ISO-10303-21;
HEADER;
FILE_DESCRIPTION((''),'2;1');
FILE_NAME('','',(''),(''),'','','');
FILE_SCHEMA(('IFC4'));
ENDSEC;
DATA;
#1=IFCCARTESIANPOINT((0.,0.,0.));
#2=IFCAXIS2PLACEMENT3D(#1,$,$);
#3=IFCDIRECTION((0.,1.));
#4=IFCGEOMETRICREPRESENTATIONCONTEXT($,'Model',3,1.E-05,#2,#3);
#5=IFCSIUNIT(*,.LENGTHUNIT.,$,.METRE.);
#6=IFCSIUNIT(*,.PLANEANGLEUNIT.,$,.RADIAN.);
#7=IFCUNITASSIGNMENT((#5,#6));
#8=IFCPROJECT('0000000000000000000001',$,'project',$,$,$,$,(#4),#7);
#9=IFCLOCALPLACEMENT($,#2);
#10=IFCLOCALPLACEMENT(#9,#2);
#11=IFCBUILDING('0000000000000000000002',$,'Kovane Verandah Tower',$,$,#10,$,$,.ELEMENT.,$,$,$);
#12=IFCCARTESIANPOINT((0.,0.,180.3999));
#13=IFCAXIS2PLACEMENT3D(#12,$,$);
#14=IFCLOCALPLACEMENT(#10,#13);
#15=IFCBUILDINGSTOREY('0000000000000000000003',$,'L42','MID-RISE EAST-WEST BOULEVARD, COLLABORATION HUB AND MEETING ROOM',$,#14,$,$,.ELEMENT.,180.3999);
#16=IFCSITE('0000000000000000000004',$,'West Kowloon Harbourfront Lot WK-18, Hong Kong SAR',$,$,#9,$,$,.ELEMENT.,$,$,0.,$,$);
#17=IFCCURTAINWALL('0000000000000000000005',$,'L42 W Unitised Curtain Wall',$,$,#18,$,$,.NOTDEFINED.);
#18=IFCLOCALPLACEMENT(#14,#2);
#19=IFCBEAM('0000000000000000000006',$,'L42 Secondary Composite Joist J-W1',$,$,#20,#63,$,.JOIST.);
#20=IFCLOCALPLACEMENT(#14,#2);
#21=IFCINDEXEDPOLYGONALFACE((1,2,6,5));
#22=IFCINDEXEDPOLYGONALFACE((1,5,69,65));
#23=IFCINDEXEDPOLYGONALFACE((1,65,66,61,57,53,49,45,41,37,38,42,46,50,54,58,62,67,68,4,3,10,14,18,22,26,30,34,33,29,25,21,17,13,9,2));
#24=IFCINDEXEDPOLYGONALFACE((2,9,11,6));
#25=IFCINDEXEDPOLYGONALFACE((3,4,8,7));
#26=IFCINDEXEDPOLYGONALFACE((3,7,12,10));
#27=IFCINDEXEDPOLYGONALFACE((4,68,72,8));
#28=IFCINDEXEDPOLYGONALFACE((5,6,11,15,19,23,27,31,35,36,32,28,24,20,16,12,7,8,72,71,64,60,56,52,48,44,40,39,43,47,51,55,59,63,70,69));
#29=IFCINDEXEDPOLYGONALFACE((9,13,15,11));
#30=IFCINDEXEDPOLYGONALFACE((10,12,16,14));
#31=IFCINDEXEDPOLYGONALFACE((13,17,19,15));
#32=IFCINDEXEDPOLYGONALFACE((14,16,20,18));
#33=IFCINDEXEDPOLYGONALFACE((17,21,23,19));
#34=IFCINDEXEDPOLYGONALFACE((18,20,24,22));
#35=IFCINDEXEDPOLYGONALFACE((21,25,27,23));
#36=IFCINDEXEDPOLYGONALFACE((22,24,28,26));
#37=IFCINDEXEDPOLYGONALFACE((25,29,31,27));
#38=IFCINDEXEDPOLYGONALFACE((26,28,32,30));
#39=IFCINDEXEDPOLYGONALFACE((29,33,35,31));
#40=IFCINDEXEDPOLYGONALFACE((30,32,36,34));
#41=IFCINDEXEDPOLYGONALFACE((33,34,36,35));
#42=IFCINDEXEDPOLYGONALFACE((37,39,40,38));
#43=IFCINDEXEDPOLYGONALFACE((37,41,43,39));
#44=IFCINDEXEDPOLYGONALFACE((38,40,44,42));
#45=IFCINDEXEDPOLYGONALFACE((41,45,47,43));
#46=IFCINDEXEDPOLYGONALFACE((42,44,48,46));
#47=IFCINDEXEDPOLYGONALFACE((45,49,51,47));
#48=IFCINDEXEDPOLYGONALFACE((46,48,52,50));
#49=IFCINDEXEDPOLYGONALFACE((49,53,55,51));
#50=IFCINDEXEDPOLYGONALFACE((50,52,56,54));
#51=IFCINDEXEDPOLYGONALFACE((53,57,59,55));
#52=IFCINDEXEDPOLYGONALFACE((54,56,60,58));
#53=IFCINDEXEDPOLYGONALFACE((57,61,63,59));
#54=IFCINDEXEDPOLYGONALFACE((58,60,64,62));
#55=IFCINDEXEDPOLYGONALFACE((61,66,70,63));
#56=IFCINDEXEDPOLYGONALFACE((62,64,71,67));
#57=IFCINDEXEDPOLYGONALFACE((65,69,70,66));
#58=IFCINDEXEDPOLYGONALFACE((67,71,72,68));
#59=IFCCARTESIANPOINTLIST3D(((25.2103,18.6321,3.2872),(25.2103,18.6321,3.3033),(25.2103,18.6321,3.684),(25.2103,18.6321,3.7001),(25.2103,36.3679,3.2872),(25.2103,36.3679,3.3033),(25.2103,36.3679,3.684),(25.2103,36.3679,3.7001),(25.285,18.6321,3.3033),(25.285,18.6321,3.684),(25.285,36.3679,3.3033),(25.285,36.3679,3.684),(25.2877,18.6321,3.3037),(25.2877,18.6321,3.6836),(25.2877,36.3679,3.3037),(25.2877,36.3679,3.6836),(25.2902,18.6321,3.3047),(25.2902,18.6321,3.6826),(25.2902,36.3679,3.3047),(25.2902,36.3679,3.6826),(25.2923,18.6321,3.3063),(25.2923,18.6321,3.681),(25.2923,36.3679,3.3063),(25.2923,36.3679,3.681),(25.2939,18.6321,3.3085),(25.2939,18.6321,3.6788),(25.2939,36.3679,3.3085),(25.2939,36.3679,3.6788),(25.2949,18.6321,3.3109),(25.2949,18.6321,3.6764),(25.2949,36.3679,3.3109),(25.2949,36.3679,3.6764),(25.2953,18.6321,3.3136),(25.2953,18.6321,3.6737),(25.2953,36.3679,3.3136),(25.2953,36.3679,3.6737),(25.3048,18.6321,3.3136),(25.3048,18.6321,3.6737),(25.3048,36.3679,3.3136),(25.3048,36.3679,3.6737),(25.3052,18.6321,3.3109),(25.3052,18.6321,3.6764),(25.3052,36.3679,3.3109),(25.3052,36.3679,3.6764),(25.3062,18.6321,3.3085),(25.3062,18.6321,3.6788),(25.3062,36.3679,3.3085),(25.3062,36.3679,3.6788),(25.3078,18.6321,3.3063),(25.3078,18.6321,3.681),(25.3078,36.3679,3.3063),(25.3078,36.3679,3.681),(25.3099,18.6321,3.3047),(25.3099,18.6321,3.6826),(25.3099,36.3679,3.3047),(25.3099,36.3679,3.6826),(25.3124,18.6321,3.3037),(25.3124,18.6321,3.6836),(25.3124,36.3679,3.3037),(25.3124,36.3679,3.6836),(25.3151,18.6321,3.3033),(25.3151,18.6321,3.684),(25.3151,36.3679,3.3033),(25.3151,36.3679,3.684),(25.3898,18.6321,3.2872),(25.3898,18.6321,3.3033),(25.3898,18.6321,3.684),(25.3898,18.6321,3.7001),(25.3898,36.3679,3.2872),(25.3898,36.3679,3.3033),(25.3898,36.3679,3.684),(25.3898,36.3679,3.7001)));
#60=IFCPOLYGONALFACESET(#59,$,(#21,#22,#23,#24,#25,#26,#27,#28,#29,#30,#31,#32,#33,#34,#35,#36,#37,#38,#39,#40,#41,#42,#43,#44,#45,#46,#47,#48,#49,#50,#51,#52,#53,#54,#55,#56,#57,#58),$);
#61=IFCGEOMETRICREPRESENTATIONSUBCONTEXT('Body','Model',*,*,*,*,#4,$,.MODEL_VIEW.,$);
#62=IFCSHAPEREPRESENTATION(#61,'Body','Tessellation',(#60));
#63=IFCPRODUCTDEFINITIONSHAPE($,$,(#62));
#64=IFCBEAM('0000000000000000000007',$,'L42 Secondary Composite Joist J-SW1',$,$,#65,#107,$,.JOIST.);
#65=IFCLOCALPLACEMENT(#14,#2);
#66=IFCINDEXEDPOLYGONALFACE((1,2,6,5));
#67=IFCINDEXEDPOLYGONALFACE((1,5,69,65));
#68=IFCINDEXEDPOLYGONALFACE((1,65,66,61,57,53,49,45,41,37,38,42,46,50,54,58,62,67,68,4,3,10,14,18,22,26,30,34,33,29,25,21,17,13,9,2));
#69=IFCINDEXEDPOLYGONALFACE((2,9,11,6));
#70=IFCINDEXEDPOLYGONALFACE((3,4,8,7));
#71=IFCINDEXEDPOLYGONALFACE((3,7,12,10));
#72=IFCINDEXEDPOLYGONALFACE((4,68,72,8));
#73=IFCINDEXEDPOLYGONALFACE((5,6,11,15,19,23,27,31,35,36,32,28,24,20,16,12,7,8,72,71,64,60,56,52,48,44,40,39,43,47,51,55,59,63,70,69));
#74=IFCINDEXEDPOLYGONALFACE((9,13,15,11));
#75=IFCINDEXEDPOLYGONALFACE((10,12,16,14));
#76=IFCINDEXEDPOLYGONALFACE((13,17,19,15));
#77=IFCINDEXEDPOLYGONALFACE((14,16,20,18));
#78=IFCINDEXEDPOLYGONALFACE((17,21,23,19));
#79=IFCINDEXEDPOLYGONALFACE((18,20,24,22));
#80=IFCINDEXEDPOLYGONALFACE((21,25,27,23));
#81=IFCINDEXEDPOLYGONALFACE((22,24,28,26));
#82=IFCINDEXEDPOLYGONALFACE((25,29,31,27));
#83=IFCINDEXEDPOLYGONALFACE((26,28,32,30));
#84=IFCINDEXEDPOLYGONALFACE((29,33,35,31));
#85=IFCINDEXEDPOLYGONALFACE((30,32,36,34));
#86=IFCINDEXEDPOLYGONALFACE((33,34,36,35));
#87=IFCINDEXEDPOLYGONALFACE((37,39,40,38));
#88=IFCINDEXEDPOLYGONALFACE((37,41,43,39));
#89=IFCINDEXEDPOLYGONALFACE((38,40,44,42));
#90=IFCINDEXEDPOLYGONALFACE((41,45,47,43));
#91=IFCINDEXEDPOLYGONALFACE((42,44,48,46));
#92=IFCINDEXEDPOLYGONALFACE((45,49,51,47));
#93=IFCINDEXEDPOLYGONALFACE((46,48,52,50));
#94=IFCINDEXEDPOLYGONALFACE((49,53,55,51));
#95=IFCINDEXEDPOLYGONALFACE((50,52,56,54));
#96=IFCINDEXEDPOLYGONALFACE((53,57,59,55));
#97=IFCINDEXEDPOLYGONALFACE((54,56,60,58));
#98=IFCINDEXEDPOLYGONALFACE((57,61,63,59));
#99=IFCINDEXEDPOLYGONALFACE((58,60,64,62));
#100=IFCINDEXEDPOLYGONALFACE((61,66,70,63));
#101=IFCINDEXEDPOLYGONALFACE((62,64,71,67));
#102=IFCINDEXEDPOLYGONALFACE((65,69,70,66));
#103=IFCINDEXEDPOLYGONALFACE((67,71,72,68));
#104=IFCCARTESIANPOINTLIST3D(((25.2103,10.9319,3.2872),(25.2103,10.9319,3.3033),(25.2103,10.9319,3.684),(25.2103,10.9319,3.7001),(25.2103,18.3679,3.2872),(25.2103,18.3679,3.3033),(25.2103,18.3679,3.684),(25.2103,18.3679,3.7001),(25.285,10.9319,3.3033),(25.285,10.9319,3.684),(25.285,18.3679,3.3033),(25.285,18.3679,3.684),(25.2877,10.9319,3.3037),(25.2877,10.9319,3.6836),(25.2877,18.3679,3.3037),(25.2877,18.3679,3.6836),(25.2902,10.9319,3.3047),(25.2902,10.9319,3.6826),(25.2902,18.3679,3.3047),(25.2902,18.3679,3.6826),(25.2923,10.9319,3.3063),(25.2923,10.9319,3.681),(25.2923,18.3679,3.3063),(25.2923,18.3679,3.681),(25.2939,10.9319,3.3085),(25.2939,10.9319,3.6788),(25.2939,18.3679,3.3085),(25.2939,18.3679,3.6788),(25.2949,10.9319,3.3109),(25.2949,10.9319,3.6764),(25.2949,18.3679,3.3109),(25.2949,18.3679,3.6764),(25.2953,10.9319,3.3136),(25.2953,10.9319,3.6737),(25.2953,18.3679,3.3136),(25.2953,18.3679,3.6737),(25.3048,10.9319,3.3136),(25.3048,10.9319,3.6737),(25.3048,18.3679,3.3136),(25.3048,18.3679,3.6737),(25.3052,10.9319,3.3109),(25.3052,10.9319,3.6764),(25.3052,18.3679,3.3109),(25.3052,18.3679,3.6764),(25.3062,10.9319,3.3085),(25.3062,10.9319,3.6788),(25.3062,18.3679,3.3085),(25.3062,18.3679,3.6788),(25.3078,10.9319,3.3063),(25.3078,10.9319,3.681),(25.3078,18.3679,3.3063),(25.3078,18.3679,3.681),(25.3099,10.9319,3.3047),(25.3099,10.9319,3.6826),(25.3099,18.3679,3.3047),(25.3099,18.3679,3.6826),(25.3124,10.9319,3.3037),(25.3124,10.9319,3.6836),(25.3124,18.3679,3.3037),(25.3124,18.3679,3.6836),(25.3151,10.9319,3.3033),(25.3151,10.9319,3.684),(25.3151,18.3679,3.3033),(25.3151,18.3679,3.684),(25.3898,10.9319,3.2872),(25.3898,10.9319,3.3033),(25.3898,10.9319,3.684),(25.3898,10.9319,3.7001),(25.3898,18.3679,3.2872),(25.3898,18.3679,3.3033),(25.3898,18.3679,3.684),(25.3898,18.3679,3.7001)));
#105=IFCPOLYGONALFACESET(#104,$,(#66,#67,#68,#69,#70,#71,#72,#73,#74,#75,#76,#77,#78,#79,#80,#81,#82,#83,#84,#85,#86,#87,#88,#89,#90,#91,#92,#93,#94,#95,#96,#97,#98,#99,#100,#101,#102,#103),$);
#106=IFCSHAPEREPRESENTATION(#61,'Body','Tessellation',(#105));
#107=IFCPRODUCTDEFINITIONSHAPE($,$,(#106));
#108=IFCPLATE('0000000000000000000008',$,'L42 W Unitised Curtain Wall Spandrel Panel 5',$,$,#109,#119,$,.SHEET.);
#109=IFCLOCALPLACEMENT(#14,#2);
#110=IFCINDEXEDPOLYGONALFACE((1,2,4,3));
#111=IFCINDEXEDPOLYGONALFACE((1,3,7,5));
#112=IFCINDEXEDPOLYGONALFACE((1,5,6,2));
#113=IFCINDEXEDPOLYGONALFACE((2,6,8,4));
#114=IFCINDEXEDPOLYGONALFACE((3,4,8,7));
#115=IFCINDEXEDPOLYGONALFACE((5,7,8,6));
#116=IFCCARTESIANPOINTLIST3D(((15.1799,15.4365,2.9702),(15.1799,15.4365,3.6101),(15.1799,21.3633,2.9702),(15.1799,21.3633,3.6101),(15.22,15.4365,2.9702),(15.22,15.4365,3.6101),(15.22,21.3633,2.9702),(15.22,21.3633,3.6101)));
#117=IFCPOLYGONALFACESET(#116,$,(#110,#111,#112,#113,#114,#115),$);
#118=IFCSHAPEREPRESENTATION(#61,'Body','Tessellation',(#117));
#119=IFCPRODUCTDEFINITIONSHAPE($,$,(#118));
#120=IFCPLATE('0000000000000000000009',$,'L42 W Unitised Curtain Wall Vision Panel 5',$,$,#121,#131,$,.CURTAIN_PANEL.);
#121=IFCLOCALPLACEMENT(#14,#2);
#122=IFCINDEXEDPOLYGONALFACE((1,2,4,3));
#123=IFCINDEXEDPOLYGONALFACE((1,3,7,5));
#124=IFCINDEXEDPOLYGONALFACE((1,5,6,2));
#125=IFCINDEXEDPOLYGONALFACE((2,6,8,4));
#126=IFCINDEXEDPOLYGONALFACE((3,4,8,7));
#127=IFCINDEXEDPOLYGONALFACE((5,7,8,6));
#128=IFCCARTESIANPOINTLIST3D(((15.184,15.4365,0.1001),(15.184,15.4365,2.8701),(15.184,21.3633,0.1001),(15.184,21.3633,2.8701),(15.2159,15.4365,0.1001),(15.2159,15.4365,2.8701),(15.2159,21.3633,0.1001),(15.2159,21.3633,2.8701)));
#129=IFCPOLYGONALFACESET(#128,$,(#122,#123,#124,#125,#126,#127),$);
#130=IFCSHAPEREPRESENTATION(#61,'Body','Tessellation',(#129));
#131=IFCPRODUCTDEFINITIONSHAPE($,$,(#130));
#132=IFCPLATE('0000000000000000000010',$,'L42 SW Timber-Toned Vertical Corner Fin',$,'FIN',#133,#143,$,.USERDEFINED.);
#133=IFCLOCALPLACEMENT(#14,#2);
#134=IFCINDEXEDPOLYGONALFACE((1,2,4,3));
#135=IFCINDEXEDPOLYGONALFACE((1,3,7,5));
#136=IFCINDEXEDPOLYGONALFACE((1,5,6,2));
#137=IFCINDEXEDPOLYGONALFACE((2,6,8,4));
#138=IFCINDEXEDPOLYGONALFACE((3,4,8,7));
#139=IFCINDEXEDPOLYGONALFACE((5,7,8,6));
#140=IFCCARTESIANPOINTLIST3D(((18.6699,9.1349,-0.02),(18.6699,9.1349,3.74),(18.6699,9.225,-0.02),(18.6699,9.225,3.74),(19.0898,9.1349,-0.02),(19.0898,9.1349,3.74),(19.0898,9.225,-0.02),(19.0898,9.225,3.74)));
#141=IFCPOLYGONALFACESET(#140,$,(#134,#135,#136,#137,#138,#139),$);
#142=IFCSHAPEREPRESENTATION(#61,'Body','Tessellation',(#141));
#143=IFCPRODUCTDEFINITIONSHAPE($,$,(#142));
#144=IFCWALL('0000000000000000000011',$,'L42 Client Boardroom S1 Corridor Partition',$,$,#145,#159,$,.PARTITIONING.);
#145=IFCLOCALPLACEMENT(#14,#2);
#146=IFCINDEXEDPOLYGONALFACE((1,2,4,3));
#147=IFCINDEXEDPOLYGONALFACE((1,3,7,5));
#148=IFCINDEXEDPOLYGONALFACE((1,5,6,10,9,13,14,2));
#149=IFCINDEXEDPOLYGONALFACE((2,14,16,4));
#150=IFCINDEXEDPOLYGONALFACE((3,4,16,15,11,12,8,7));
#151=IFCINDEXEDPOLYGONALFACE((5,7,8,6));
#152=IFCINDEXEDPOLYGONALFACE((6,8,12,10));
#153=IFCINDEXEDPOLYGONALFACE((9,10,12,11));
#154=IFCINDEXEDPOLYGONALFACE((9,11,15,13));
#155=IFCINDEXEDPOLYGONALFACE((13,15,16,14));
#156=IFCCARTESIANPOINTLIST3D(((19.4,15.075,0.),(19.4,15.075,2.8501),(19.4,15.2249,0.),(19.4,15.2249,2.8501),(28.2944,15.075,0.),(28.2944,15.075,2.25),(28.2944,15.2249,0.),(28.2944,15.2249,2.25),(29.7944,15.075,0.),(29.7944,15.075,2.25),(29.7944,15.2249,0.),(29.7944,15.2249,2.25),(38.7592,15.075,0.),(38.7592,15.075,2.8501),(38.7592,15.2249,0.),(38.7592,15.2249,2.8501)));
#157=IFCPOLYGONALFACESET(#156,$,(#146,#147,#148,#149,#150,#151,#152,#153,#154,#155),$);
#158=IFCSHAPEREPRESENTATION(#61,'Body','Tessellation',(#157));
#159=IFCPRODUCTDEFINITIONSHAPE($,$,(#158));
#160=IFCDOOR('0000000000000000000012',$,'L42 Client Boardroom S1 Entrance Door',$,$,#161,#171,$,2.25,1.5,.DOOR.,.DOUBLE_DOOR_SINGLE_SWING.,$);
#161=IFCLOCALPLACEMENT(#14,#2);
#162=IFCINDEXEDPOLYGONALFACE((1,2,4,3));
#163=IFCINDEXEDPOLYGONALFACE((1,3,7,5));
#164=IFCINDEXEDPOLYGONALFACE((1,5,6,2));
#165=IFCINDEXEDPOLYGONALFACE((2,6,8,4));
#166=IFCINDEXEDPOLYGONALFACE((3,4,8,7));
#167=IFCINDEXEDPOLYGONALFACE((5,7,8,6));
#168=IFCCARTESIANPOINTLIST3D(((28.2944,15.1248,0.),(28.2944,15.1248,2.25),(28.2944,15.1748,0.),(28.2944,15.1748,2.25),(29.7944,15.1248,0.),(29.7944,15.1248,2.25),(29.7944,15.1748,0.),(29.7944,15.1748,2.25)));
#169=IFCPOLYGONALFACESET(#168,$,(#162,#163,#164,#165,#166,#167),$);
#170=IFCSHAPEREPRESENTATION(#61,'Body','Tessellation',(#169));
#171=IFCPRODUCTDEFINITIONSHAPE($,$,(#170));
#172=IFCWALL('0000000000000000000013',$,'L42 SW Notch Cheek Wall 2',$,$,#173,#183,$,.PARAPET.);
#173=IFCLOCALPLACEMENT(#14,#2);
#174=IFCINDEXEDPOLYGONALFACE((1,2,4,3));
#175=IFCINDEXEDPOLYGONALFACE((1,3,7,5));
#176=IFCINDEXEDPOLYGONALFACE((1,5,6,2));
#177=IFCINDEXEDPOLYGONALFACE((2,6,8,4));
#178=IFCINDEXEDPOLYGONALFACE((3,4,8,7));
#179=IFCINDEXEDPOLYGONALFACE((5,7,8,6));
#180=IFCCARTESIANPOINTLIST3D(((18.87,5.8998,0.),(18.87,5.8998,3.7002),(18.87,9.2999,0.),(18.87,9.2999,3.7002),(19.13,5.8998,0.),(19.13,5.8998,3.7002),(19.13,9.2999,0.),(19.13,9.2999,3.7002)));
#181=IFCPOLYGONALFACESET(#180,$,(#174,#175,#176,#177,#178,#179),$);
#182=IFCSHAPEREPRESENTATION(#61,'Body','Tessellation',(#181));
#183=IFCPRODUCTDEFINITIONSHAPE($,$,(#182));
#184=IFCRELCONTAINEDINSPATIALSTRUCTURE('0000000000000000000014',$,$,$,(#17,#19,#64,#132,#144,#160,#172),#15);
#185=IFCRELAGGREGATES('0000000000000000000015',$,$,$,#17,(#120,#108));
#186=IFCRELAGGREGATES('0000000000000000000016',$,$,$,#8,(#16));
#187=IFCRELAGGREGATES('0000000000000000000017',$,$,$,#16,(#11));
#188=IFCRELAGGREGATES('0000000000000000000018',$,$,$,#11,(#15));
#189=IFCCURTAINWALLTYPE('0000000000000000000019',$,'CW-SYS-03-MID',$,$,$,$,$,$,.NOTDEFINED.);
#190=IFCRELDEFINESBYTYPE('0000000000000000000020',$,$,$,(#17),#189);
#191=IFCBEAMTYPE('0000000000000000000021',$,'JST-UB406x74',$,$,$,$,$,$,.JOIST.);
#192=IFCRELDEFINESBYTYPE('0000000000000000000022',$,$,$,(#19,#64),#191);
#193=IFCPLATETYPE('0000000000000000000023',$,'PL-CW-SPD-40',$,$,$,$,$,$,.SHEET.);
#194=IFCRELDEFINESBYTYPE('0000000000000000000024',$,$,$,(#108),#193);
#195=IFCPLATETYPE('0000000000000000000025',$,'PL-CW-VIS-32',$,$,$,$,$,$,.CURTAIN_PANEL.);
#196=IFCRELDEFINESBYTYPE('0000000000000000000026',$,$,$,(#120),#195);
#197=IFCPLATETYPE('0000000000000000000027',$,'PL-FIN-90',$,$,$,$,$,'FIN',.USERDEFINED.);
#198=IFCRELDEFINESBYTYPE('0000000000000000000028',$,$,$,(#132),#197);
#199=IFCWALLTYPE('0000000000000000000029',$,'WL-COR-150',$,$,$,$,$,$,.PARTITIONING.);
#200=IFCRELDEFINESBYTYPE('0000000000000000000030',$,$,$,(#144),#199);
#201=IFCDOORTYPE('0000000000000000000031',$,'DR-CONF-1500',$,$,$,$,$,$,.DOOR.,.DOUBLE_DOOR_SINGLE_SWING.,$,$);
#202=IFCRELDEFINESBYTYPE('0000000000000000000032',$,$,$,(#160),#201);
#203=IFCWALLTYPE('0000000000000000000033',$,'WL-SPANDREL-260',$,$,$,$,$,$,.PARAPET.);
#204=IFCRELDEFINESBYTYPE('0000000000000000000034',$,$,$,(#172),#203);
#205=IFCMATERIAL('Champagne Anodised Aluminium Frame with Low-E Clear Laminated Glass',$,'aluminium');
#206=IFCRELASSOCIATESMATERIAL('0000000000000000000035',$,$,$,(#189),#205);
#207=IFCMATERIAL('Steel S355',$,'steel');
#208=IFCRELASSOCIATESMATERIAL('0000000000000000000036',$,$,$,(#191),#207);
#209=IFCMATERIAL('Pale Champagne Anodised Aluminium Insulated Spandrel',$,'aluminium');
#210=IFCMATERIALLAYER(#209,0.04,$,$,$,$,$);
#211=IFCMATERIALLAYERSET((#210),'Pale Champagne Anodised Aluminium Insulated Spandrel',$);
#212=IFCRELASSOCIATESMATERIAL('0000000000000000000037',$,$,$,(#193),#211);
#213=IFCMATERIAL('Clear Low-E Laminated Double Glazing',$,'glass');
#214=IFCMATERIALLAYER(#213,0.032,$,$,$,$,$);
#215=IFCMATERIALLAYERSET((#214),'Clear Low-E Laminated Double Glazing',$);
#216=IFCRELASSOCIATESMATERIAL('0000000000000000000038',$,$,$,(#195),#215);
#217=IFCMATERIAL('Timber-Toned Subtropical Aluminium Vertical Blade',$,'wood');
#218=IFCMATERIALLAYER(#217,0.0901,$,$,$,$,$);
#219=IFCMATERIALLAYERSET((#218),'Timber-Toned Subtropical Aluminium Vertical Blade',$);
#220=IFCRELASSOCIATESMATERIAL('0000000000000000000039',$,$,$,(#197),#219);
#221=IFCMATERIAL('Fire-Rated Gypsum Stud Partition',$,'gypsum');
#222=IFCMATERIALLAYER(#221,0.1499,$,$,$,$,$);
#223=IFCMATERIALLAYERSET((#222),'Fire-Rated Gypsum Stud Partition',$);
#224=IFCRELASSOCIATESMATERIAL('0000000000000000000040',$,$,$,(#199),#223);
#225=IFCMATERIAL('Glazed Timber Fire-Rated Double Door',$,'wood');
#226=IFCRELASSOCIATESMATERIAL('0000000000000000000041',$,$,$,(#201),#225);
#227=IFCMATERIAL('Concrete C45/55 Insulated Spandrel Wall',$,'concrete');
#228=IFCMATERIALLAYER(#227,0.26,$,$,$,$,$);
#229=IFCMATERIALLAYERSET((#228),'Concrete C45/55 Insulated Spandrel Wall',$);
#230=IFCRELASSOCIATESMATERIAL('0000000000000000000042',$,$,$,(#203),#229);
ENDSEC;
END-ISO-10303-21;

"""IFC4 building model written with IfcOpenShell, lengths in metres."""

from ifc_helpers import new_model, si_unit, direction, frame, frame_2d, origin, origin_2d, place, context, subcontext, project, spatial, rectangle, i_section, extrude, material, layer, layer_set, material_profile, profile_set, type_object, element, fill, aggregate, save


model = new_model("IFC4")

# Units and contexts
model_context = context("Model", 3, precision=1e-05, world=origin(), true_north=direction((0.0, 1.0)))
body_context = subcontext(model_context, "Body", "Model", "MODEL_VIEW")
ifc_project = project(units=[si_unit("LENGTHUNIT", "METRE"), si_unit("PLANEANGLEUNIT", "RADIAN")], contexts=[model_context])

# Site, building, storey
site_placement = place(None, origin())
site = spatial("IfcSite", under=ifc_project, at=site_placement, Name="West Kowloon Harbourfront Lot WK-18, Hong Kong SAR", CompositionType="ELEMENT", RefElevation=0.0)
building_placement = place(site_placement, origin())
building = spatial("IfcBuilding", under=site, at=building_placement, Name="Kovane Verandah Tower", CompositionType="ELEMENT")
storey_placement = place(building_placement, frame((0.0, 0.0, 180.3999)))
storey = spatial("IfcBuildingStorey", under=building, at=storey_placement, Name="L42", Description="MID-RISE EAST-WEST BOULEVARD, COLLABORATION HUB AND MEETING ROOM", CompositionType="ELEMENT", Elevation=180.3999)

# Shared definitions
ifc_material_1 = material(Name="Steel S355", Category="steel")

# Curtain wall
ifc_material_2 = material(Name="Champagne Anodised Aluminium Frame with Low-E Clear Laminated Glass", Category="aluminium")
curtain_wall_type = type_object("IfcCurtainWallType", Name="CW-SYS-03-MID", PredefinedType="NOTDEFINED", material=ifc_material_2)
curtain_wall_placement = place(storey_placement, origin())
curtain_wall = element("IfcCurtainWall", 1, at=curtain_wall_placement, inside=storey, type_object=curtain_wall_type, Name="L42 W Unitised Curtain Wall", PredefinedType="NOTDEFINED")

# Beams
ifc_material_profile_1 = material_profile(ifc_material_1, i_section(OverallWidth=0.1794, OverallDepth=0.4128, WebThickness=0.0095, FlangeThickness=0.0161, FilletRadius=0.0103, at=origin_2d()), Name="UB406x178x74")
ifc_profile_set_1 = profile_set([ifc_material_profile_1], Name="Steel S355")
beam_type_1 = type_object("IfcBeamType", Name="JST-UB406x74", PredefinedType="JOIST", material=ifc_profile_set_1)
beam_1_placement = place(storey_placement, frame((25.3, 18.6321, 3.4937), z_axis=(0.0, 1.0, 0.0), x_axis=(-1.0, 0.0, 0.0)))
element("IfcBeam", 2, at=beam_1_placement, inside=storey, type_object=beam_type_1, Name="L42 Secondary Composite Joist J-W1", PredefinedType="JOIST", context=body_context, shape_type="SweptSolid", body=[
    extrude(i_section(OverallWidth=0.1794, OverallDepth=0.4128, WebThickness=0.0095, FlangeThickness=0.0161, FilletRadius=0.0103, at=origin_2d()), origin(), (0.0, 0.0, 1.0), 17.7358),
])
beam_2_placement = place(storey_placement, frame((25.3, 10.9319, 3.4937), z_axis=(0.0, 1.0, 0.0), x_axis=(-1.0, 0.0, 0.0)))
element("IfcBeam", 3, at=beam_2_placement, inside=storey, type_object=beam_type_1, Name="L42 Secondary Composite Joist J-SW1", PredefinedType="JOIST", context=body_context, shape_type="SweptSolid", body=[
    extrude(i_section(OverallWidth=0.1794, OverallDepth=0.4128, WebThickness=0.0095, FlangeThickness=0.0161, FilletRadius=0.0103, at=origin_2d()), origin(), (0.0, 0.0, 1.0), 7.436),
])

# Plates
ifc_material_3 = material(Name="Pale Champagne Anodised Aluminium Insulated Spandrel", Category="aluminium")
ifc_layer_1 = layer(ifc_material_3, 0.04)
ifc_layer_set_1 = layer_set([ifc_layer_1], Name="Pale Champagne Anodised Aluminium Insulated Spandrel")
plate_type_1 = type_object("IfcPlateType", Name="PL-CW-SPD-40", PredefinedType="SHEET", material=ifc_layer_set_1)
plate_1_placement = place(storey_placement, frame((15.2, 18.3999, 2.9702), z_axis=(0.0, 0.0, 1.0), x_axis=(0.0, -1.0, 0.0)))
plate_1 = element("IfcPlate", 4, at=plate_1_placement, type_object=plate_type_1, Name="L42 W Unitised Curtain Wall Spandrel Panel 5", PredefinedType="SHEET", context=body_context, shape_type="SweptSolid", body=[
    extrude(rectangle(XDim=5.9268, YDim=0.04, at=origin_2d()), origin(), (0.0, 0.0, 1.0), 0.6399),
])
ifc_material_4 = material(Name="Clear Low-E Laminated Double Glazing", Category="glass")
ifc_layer_2 = layer(ifc_material_4, 0.032)
ifc_layer_set_2 = layer_set([ifc_layer_2], Name="Clear Low-E Laminated Double Glazing")
plate_type_2 = type_object("IfcPlateType", Name="PL-CW-VIS-32", PredefinedType="CURTAIN_PANEL", material=ifc_layer_set_2)
plate_2_placement = place(storey_placement, frame((15.2, 18.3999, 0.1001), z_axis=(0.0, 0.0, 1.0), x_axis=(0.0, -1.0, 0.0)))
plate_2 = element("IfcPlate", 5, at=plate_2_placement, type_object=plate_type_2, Name="L42 W Unitised Curtain Wall Vision Panel 5", PredefinedType="CURTAIN_PANEL", context=body_context, shape_type="SweptSolid", body=[
    extrude(rectangle(XDim=5.9268, YDim=0.032, at=origin_2d()), origin(), (0.0, 0.0, 1.0), 2.77),
])
aggregate(curtain_wall, [plate_2, plate_1])
ifc_material_5 = material(Name="Timber-Toned Subtropical Aluminium Vertical Blade", Category="wood")
ifc_layer_3 = layer(ifc_material_5, 0.0901)
ifc_layer_set_3 = layer_set([ifc_layer_3], Name="Timber-Toned Subtropical Aluminium Vertical Blade")
plate_type_3 = type_object("IfcPlateType", Name="PL-FIN-90", ElementType="FIN", PredefinedType="USERDEFINED", material=ifc_layer_set_3)
plate_3_placement = place(storey_placement, frame((18.8799, 9.1799, -0.02), z_axis=(0.0, 0.0, 1.0), x_axis=(1.0, 0.0, 0.0)))
element("IfcPlate", 6, at=plate_3_placement, inside=storey, type_object=plate_type_3, Name="L42 SW Timber-Toned Vertical Corner Fin", ObjectType="FIN", PredefinedType="USERDEFINED", context=body_context, shape_type="SweptSolid", body=[
    extrude(rectangle(XDim=0.4199, YDim=0.0901, at=origin_2d()), origin(), (0.0, 0.0, 1.0), 3.76),
])

# Wall, opening, door
ifc_material_6 = material(Name="Fire-Rated Gypsum Stud Partition", Category="gypsum")
ifc_layer_4 = layer(ifc_material_6, 0.1499)
ifc_layer_set_4 = layer_set([ifc_layer_4], Name="Fire-Rated Gypsum Stud Partition")
wall_type_1 = type_object("IfcWallType", Name="WL-COR-150", PredefinedType="PARTITIONING", material=ifc_layer_set_4)
wall_1_placement = place(storey_placement, frame((19.3999, 15.1499, 0.0), z_axis=(0.0, 0.0, 1.0), x_axis=(1.0, 0.0, 0.0)))
wall_1 = element("IfcWall", 7, at=wall_1_placement, inside=storey, type_object=wall_type_1, Name="L42 Client Boardroom S1 Corridor Partition", PredefinedType="PARTITIONING", context=body_context, shape_type="SweptSolid", body=[
    extrude(rectangle(XDim=19.3591, YDim=0.1499, at=frame_2d((9.6797, 0.0))), origin(), (0.0, 0.0, 1.0), 2.8501),
])
opening_1_placement = place(wall_1_placement, frame((8.8945, 0.0, 0.0)))
opening_1 = element("IfcOpeningElement", 8, at=opening_1_placement, cuts=wall_1, PredefinedType="OPENING", context=body_context, shape_type="SweptSolid", body=[
    extrude(rectangle(XDim=1.5, YDim=2.25, at=frame_2d((0.75, 1.125))), frame((0.0, 0.075, 0.0), z_axis=(0.0, -1.0, 0.0), x_axis=(1.0, 0.0, 0.0)), (0.0, 0.0, 1.0), 0.1499),
])
ifc_material_7 = material(Name="Glazed Timber Fire-Rated Double Door", Category="wood")
door_type_1 = type_object("IfcDoorType", Name="DR-CONF-1500", OperationType="DOUBLE_DOOR_SINGLE_SWING", PredefinedType="DOOR", material=ifc_material_7)
door_1_placement = place(opening_1_placement, origin())
door_1 = element("IfcDoor", 9, at=door_1_placement, inside=storey, type_object=door_type_1, Name="L42 Client Boardroom S1 Entrance Door", OperationType="DOUBLE_DOOR_SINGLE_SWING", OverallHeight=2.25, OverallWidth=1.5, PredefinedType="DOOR", context=body_context, shape_type="SweptSolid", body=[
    extrude(rectangle(XDim=1.5, YDim=2.25, at=frame_2d((0.75, 1.125))), frame((0.0, 0.0249, 0.0), z_axis=(0.0, -1.0, 0.0), x_axis=(1.0, 0.0, 0.0)), (0.0, 0.0, 1.0), 0.05),
])
fill(opening_1, door_1)

# Shared definitions
ifc_material_8 = material(Name="Concrete C45/55 Insulated Spandrel Wall", Category="concrete")
ifc_layer_5 = layer(ifc_material_8, 0.26)
ifc_layer_set_5 = layer_set([ifc_layer_5], Name="Concrete C45/55 Insulated Spandrel Wall")
wall_type_2 = type_object("IfcWallType", Name="WL-SPANDREL-260", PredefinedType="PARAPET", material=ifc_layer_set_5)

# Wall
wall_2_placement = place(storey_placement, frame((19.0, 9.3, 0.0), z_axis=(0.0, 0.0, 1.0), x_axis=(0.0, -1.0, 0.0)))
element("IfcWall", 10, at=wall_2_placement, inside=storey, type_object=wall_type_2, Name="L42 SW Notch Cheek Wall 2", PredefinedType="PARAPET", context=body_context, shape_type="SweptSolid", body=[
    extrude(rectangle(XDim=3.4001, YDim=0.26, at=frame_2d((1.7002, 0.0))), origin(), (0.0, 0.0, 1.0), 3.7002),
])

save(model, "model.ifc")
